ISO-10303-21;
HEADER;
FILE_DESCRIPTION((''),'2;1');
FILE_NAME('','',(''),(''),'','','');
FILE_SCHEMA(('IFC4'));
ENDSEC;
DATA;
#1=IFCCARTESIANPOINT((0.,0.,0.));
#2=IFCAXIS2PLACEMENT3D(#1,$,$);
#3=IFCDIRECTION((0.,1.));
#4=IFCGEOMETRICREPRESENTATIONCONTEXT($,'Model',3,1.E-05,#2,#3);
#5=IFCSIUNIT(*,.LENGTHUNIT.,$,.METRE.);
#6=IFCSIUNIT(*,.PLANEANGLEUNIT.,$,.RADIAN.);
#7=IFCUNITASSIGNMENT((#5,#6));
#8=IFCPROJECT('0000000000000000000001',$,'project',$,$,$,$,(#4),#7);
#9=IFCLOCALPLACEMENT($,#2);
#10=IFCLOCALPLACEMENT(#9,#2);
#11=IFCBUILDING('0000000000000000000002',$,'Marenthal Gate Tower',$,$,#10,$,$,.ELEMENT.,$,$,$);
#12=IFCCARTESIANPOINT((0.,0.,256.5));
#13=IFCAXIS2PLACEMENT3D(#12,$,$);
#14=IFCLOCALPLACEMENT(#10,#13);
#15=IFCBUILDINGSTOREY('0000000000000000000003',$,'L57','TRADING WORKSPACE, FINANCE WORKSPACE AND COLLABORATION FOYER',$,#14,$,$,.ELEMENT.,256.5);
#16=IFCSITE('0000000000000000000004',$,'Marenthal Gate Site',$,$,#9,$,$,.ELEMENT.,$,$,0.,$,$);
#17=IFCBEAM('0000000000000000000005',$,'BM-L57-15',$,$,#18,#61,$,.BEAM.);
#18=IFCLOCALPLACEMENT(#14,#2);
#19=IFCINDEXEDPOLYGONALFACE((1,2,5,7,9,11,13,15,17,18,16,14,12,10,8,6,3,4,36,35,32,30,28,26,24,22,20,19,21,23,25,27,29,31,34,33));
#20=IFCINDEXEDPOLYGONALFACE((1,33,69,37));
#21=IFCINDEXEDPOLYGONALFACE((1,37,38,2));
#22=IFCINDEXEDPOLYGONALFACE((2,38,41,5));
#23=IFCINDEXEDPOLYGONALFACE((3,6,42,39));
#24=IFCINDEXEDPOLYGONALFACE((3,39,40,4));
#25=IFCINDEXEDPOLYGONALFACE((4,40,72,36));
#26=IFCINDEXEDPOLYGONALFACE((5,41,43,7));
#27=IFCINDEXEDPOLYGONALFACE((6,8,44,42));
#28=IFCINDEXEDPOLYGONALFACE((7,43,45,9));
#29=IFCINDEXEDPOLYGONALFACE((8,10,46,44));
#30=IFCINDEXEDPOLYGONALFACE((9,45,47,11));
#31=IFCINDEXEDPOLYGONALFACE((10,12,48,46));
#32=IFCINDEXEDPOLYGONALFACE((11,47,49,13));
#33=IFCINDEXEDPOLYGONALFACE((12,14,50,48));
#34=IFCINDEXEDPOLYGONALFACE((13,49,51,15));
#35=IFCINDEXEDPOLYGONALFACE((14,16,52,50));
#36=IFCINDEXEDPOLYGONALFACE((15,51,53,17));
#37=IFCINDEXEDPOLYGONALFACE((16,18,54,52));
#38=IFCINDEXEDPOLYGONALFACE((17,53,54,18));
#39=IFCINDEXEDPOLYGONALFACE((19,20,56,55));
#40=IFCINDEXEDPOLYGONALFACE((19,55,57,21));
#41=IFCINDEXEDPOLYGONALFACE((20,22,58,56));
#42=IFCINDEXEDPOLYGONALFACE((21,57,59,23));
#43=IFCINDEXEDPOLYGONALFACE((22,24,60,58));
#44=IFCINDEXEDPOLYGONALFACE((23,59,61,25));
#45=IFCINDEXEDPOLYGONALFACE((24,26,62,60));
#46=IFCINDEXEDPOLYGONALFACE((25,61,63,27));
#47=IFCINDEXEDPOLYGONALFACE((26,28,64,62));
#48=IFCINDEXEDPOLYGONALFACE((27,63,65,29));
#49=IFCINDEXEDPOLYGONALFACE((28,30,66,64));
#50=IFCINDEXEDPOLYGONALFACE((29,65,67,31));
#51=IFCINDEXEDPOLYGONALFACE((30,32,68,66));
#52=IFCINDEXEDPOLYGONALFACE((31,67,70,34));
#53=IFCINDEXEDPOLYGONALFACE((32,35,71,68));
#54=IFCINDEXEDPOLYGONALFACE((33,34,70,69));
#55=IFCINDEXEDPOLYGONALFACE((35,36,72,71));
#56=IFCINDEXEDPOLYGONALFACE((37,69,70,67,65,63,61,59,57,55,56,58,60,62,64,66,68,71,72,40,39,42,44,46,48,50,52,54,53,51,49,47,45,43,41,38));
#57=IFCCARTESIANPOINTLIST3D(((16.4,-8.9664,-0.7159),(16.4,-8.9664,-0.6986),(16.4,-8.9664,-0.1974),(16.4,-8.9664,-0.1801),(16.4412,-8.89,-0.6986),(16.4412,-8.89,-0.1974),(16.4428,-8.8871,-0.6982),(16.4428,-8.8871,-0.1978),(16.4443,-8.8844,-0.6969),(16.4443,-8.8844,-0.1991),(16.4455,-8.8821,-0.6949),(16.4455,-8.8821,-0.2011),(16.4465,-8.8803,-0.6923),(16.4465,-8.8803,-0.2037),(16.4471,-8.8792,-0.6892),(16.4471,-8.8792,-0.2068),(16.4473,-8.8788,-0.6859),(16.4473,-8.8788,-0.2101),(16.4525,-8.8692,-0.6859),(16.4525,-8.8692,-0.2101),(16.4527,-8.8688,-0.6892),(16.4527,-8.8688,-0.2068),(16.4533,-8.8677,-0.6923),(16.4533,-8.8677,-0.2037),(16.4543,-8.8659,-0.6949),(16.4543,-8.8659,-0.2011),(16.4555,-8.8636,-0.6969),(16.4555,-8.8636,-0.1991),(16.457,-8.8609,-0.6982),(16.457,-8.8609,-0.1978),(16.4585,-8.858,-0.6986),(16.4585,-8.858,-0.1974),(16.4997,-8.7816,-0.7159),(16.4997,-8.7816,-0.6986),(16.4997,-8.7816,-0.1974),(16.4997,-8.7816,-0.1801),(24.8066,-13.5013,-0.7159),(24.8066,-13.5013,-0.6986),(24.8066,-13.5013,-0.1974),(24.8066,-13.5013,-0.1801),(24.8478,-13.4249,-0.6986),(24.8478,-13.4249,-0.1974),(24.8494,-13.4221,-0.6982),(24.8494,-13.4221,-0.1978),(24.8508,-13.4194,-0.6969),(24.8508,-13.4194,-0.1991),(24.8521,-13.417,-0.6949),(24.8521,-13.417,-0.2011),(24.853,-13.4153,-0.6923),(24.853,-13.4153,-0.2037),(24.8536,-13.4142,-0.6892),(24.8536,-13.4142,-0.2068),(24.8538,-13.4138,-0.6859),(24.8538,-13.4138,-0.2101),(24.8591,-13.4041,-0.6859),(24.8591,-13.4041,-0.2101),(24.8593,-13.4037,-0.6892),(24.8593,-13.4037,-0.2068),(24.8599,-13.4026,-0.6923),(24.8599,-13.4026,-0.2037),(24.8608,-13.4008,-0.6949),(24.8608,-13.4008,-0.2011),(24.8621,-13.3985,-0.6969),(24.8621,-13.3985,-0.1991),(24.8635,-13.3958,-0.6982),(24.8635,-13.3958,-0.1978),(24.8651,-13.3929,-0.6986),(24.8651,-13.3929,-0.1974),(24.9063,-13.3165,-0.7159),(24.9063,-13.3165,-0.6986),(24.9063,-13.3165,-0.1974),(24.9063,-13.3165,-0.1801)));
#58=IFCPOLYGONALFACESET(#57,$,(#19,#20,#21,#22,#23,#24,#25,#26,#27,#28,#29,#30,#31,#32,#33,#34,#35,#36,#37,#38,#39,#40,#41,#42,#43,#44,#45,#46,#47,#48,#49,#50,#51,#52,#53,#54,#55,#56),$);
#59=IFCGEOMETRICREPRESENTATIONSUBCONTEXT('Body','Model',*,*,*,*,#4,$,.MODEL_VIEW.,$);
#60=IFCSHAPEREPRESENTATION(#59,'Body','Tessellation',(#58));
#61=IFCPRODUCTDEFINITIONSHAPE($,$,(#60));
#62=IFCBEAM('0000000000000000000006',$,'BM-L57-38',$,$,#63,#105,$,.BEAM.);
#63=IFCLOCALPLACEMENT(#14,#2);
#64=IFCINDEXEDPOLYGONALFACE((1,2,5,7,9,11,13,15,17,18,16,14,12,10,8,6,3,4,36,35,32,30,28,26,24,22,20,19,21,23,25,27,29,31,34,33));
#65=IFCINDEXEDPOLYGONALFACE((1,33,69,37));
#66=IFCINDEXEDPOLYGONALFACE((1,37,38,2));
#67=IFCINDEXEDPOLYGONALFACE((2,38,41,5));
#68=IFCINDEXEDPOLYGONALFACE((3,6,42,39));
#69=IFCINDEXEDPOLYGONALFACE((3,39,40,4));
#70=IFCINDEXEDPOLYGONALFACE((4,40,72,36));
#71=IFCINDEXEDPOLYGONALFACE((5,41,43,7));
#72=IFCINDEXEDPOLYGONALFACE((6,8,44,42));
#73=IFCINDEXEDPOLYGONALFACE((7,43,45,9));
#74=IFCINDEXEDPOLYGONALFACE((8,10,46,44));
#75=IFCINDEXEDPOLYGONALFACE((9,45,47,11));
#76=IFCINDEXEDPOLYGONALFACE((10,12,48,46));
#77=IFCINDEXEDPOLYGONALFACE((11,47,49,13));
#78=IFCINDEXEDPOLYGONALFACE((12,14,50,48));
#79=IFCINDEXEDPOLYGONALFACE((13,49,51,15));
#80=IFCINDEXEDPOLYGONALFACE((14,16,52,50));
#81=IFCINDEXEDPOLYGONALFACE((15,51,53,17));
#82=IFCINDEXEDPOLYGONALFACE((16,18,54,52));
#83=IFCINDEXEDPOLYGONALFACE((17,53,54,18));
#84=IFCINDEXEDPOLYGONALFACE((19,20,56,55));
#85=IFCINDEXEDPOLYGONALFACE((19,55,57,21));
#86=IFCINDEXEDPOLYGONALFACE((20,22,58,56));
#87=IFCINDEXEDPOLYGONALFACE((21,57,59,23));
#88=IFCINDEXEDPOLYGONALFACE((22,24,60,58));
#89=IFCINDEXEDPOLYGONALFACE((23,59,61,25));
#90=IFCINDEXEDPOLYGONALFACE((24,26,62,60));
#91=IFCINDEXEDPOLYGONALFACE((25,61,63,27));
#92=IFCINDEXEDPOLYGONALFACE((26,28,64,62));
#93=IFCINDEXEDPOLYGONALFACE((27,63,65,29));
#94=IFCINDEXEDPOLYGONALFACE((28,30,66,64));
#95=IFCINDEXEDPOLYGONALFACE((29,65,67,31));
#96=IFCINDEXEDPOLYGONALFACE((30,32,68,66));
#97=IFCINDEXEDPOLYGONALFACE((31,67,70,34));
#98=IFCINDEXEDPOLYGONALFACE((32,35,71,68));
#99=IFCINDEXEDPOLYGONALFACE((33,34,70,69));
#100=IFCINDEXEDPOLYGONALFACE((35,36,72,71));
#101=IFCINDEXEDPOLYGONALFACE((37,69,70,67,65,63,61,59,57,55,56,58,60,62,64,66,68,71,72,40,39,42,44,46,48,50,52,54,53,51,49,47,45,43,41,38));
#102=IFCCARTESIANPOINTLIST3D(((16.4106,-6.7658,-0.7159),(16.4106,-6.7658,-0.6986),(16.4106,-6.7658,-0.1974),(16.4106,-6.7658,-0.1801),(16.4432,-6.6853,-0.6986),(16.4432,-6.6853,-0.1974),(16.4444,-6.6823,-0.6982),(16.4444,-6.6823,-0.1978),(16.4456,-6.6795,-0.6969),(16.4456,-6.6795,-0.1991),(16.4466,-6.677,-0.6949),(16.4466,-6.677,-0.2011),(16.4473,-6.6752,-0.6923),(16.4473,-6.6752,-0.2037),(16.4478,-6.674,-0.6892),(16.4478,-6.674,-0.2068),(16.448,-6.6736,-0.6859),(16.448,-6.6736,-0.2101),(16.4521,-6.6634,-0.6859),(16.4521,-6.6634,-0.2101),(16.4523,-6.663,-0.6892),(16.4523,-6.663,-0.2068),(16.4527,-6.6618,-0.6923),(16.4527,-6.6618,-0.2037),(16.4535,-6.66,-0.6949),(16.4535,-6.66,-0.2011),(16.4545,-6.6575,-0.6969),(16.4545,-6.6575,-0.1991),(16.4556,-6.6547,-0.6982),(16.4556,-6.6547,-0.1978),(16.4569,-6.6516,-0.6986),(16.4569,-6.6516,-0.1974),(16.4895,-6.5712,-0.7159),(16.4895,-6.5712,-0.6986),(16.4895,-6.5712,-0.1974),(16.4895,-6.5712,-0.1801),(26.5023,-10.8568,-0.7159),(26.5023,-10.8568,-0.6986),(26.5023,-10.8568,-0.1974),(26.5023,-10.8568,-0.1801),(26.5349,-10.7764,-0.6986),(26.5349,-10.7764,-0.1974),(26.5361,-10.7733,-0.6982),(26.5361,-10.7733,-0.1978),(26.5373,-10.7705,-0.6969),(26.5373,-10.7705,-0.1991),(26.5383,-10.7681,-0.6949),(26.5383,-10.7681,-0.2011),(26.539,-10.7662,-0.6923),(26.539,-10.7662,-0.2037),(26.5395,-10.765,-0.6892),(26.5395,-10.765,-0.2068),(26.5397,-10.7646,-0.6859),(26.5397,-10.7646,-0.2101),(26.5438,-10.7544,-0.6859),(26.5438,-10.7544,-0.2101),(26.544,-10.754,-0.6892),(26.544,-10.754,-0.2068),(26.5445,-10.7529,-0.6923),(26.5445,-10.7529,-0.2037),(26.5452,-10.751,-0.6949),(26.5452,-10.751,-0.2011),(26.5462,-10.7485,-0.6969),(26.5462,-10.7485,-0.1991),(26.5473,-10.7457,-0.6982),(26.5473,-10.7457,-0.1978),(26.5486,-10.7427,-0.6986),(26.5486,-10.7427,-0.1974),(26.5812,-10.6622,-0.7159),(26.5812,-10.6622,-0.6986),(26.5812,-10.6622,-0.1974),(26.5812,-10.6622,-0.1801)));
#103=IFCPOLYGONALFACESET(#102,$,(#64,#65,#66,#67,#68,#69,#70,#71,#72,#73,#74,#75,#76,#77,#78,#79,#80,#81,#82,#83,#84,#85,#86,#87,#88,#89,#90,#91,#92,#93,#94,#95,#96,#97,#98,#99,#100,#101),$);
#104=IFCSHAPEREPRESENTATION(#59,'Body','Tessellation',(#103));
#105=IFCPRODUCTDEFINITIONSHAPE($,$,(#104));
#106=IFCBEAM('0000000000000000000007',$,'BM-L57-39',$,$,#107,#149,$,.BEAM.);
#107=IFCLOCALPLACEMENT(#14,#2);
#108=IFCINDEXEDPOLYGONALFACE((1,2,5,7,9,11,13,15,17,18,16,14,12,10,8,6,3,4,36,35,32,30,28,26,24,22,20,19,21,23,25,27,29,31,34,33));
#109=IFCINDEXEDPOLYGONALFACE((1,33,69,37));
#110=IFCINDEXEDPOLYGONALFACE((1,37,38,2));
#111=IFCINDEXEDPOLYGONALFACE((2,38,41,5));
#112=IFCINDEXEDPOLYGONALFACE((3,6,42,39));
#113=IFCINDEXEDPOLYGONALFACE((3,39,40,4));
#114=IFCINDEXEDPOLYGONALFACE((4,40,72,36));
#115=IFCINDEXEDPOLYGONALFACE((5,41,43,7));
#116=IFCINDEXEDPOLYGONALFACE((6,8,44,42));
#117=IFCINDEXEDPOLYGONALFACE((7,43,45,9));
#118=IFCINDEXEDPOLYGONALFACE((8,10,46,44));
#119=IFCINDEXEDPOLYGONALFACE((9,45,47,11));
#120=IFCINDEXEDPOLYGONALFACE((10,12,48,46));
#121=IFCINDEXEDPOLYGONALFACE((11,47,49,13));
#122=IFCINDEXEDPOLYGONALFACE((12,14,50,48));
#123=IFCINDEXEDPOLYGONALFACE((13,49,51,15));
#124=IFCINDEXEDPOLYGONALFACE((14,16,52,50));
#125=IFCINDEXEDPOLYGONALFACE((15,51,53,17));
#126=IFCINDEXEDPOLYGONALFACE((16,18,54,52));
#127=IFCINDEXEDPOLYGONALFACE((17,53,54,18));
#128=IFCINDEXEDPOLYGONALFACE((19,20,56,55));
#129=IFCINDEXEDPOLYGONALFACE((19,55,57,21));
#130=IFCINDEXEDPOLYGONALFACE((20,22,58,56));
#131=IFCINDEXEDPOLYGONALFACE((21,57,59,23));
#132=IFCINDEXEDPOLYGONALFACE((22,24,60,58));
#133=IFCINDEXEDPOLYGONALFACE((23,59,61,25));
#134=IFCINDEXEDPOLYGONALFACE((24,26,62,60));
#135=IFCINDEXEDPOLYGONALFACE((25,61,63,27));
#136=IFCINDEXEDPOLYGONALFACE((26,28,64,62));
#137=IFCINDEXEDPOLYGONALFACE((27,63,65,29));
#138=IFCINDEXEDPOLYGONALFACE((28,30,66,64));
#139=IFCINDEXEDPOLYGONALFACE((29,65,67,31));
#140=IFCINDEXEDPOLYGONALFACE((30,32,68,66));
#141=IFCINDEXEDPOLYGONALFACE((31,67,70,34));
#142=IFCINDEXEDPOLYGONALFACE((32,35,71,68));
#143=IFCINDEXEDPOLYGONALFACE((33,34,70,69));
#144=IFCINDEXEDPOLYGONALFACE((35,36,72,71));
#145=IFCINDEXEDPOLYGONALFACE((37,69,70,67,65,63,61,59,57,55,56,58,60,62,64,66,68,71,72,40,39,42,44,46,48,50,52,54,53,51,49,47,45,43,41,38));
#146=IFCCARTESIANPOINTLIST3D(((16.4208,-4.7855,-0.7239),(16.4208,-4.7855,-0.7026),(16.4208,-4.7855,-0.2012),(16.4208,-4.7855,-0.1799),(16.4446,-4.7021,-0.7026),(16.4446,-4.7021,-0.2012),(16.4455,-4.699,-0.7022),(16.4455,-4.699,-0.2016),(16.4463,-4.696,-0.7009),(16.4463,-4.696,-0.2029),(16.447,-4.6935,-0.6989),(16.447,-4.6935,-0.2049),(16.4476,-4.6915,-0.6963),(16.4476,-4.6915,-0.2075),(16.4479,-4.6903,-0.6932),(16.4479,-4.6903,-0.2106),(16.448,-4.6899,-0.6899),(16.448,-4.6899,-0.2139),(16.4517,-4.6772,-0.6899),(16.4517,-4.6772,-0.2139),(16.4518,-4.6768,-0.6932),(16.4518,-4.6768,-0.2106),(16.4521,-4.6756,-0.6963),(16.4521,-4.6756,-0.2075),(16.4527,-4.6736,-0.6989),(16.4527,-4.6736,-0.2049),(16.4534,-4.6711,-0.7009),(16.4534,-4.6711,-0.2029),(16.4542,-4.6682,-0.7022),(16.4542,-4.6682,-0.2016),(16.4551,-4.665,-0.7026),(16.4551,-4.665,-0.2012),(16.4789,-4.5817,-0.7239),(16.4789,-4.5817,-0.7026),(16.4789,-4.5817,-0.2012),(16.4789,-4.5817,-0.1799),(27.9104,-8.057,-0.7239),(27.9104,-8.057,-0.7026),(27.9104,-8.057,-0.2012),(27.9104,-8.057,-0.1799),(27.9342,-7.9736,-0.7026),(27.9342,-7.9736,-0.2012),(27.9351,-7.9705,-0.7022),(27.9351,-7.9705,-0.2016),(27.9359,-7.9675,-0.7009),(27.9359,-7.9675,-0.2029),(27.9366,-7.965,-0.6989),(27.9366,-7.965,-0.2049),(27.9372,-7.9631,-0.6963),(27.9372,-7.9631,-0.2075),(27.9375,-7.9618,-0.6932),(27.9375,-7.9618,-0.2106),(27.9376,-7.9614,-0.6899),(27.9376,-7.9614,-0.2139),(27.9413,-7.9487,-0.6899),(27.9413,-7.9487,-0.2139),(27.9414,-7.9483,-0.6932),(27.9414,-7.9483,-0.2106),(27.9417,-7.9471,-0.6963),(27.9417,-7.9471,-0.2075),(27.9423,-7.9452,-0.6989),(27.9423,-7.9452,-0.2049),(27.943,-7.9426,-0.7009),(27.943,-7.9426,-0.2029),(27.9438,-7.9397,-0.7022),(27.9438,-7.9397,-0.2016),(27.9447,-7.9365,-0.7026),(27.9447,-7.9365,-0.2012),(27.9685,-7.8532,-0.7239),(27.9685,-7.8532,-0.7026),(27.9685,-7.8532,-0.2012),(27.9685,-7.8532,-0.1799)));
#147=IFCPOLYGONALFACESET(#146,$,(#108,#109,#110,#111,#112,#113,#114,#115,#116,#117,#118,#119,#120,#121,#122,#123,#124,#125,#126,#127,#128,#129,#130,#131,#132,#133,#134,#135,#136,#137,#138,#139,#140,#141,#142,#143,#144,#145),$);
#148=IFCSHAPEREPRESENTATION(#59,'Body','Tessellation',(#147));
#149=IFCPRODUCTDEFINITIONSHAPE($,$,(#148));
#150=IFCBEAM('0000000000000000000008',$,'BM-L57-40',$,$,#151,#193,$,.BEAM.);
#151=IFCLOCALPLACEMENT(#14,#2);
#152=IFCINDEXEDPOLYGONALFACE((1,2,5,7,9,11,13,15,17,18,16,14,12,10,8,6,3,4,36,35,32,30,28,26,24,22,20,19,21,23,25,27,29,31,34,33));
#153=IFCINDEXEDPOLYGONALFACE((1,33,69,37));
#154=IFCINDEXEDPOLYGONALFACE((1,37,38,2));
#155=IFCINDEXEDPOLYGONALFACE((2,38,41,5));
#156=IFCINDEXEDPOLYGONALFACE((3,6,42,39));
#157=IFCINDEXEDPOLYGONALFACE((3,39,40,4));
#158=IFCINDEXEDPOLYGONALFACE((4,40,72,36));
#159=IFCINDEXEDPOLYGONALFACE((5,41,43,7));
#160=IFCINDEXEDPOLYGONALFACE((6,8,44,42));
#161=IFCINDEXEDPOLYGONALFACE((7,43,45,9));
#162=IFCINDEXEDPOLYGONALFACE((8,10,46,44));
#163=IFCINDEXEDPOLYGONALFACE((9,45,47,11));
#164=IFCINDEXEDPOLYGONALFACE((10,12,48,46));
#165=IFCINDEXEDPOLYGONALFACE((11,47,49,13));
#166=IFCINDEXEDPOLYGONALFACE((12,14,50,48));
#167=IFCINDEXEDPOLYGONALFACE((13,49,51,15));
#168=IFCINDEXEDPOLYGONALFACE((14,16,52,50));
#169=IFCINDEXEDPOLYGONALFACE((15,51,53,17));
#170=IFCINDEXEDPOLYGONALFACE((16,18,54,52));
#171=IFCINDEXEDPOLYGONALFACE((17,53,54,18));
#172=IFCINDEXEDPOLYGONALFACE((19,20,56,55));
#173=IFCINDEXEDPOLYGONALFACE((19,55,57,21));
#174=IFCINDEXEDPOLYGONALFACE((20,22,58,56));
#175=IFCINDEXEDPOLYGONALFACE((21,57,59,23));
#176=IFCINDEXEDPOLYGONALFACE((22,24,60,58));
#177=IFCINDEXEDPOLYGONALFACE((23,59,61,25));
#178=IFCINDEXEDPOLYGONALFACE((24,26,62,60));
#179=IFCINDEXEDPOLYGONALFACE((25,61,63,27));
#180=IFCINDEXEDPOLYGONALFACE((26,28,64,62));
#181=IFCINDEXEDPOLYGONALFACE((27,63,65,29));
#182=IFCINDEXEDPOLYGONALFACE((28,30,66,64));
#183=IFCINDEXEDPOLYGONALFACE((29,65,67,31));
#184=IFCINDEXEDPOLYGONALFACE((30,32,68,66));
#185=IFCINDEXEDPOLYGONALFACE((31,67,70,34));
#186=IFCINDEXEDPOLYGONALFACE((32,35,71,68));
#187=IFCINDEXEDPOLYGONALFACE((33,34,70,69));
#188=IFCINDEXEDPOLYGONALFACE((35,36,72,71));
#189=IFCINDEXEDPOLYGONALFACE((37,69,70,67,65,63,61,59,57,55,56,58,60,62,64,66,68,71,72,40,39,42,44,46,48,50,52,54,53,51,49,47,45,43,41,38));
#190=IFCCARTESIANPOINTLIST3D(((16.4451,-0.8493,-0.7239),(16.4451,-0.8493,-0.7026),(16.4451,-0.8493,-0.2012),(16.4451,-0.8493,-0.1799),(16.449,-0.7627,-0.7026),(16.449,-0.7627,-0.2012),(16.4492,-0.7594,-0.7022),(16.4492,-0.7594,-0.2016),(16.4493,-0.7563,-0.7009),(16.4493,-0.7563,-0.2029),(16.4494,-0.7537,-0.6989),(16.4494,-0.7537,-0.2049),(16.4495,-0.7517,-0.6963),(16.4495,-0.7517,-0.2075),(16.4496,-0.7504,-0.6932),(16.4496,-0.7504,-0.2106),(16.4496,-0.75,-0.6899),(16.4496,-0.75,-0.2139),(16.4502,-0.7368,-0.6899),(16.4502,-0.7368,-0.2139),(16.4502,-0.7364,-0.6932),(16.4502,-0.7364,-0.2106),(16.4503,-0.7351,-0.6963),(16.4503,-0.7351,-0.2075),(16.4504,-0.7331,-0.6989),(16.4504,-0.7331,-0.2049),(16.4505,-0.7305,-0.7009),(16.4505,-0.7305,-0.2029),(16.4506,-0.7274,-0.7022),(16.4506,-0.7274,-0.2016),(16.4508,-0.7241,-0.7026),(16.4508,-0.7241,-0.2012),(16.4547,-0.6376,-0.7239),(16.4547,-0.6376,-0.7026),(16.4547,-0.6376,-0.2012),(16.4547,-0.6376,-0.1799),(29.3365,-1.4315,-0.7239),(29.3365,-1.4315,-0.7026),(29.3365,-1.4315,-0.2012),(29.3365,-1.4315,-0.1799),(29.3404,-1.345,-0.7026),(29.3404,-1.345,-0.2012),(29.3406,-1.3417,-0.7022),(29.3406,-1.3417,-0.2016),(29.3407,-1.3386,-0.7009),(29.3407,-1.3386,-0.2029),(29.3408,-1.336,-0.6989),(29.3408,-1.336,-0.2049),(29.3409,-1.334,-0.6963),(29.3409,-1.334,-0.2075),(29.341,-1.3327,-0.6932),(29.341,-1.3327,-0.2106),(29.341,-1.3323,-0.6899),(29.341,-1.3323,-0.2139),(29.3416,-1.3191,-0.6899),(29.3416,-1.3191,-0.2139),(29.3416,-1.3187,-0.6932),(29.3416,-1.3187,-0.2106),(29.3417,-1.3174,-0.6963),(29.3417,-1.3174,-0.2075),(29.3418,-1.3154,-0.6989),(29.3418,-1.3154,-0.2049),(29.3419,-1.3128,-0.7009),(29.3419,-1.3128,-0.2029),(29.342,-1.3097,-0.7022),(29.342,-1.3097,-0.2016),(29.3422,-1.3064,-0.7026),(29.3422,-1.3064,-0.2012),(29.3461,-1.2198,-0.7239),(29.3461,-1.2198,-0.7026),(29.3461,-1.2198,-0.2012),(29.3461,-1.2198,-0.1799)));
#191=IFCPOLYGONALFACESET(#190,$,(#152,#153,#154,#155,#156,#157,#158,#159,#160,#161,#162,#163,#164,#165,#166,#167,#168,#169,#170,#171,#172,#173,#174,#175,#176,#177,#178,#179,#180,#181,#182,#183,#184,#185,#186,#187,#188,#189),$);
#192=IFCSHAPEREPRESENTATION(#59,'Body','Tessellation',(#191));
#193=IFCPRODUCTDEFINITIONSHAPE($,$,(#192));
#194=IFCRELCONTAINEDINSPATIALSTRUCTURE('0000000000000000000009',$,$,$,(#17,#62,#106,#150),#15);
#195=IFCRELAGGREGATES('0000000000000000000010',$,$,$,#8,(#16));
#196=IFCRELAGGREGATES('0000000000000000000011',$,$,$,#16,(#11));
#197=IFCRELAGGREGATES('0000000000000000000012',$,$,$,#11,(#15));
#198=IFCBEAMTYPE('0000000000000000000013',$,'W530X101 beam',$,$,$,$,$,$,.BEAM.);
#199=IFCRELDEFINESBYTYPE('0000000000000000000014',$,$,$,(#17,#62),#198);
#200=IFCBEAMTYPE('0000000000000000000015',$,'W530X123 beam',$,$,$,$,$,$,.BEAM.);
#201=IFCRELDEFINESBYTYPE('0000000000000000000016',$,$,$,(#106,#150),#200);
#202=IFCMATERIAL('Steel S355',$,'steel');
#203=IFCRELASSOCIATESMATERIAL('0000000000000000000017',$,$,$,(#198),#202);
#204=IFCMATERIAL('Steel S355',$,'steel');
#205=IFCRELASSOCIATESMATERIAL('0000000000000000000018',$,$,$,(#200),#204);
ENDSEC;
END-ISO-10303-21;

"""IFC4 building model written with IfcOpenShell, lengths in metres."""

from ifc_helpers import new_model, si_unit, direction, frame, origin, origin_2d, place, context, subcontext, project, spatial, i_section, extrude, material, material_profile, profile_set, type_object, element, save


model = new_model("IFC4")

# Units and contexts
model_context = context("Model", 3, precision=1e-05, world=origin(), true_north=direction((0.0, 1.0)))
body_context = subcontext(model_context, "Body", "Model", "MODEL_VIEW")
ifc_project = project(units=[si_unit("LENGTHUNIT", "METRE"), si_unit("PLANEANGLEUNIT", "RADIAN")], contexts=[model_context])

# Site, building, storey
site_placement = place(None, origin())
site = spatial("IfcSite", under=ifc_project, at=site_placement, Name="Marenthal Gate Site", CompositionType="ELEMENT", RefElevation=0.0)
building_placement = place(site_placement, origin())
building = spatial("IfcBuilding", under=site, at=building_placement, Name="Marenthal Gate Tower", CompositionType="ELEMENT")
storey_placement = place(building_placement, frame((0.0, 0.0, 256.5)))
storey = spatial("IfcBuildingStorey", under=building, at=storey_placement, Name="L57", Description="TRADING WORKSPACE, FINANCE WORKSPACE AND COLLABORATION FOYER", CompositionType="ELEMENT", Elevation=256.5)

# Beams
ifc_material_1 = material(Name="Steel S355", Category="steel")
ifc_material_profile_1 = material_profile(ifc_material_1, i_section(OverallWidth=0.21, OverallDepth=0.5359, WebThickness=0.011, FlangeThickness=0.0173, FilletRadius=0.0127, at=origin_2d()), Name="W530X101")
ifc_profile_set_1 = profile_set([ifc_material_profile_1], Name="Steel S355")
beam_type_1 = type_object("IfcBeamType", Name="W530X101 beam", PredefinedType="BEAM", material=ifc_profile_set_1)
beam_1_placement = place(storey_placement, frame((24.8564, -13.4089, -0.448), z_axis=(-0.880106, 0.474776, 0.0), x_axis=(-0.474776, -0.880106, 0.0)))
element("IfcBeam", 1, at=beam_1_placement, inside=storey, type_object=beam_type_1, Name="BM-L57-15", PredefinedType="BEAM", context=body_context, shape_type="SweptSolid", body=[
    extrude(i_section(OverallWidth=0.21, OverallDepth=0.5359, WebThickness=0.011, FlangeThickness=0.0173, FilletRadius=0.0127, at=origin_2d()), origin(), (0.0, 0.0, 1.0), 9.5518),
])
beam_2_placement = place(storey_placement, frame((26.5417, -10.7595, -0.448), z_axis=(-0.926746, 0.375689, 0.0), x_axis=(-0.375689, -0.926746, 0.0)))
element("IfcBeam", 2, at=beam_2_placement, inside=storey, type_object=beam_type_1, Name="BM-L57-38", PredefinedType="BEAM", context=body_context, shape_type="SweptSolid", body=[
    extrude(i_section(OverallWidth=0.21, OverallDepth=0.5359, WebThickness=0.011, FlangeThickness=0.0173, FilletRadius=0.0127, at=origin_2d()), origin(), (0.0, 0.0, 1.0), 10.8894),
])
ifc_material_2 = material(Name="Steel S355", Category="steel")
ifc_material_profile_2 = material_profile(ifc_material_2, i_section(OverallWidth=0.2119, OverallDepth=0.5439, WebThickness=0.0132, FlangeThickness=0.0212, FilletRadius=0.0127, at=origin_2d()), Name="W530X123")
ifc_profile_set_2 = profile_set([ifc_material_profile_2], Name="Steel S355")
beam_type_2 = type_object("IfcBeamType", Name="W530X123 beam", PredefinedType="BEAM", material=ifc_profile_set_2)
beam_3_placement = place(storey_placement, frame((27.9395, -7.9551, -0.4519), z_axis=(-0.961772, 0.273852, 0.0), x_axis=(-0.273852, -0.961772, 0.0)))
element("IfcBeam", 3, at=beam_3_placement, inside=storey, type_object=beam_type_2, Name="BM-L57-39", PredefinedType="BEAM", context=body_context, shape_type="SweptSolid", body=[
    extrude(i_section(OverallWidth=0.2119, OverallDepth=0.5439, WebThickness=0.0132, FlangeThickness=0.0212, FilletRadius=0.0127, at=origin_2d()), origin(), (0.0, 0.0, 1.0), 11.9463),
])
beam_4_placement = place(storey_placement, frame((29.3413, -1.3257, -0.4519), z_axis=(-0.998981, 0.045122, 0.0), x_axis=(-0.045122, -0.998981, 0.0)))
element("IfcBeam", 4, at=beam_4_placement, inside=storey, type_object=beam_type_2, Name="BM-L57-40", PredefinedType="BEAM", context=body_context, shape_type="SweptSolid", body=[
    extrude(i_section(OverallWidth=0.2119, OverallDepth=0.5439, WebThickness=0.0132, FlangeThickness=0.0212, FilletRadius=0.0127, at=origin_2d()), origin(), (0.0, 0.0, 1.0), 12.9045),
])

save(model, "model.ifc")
